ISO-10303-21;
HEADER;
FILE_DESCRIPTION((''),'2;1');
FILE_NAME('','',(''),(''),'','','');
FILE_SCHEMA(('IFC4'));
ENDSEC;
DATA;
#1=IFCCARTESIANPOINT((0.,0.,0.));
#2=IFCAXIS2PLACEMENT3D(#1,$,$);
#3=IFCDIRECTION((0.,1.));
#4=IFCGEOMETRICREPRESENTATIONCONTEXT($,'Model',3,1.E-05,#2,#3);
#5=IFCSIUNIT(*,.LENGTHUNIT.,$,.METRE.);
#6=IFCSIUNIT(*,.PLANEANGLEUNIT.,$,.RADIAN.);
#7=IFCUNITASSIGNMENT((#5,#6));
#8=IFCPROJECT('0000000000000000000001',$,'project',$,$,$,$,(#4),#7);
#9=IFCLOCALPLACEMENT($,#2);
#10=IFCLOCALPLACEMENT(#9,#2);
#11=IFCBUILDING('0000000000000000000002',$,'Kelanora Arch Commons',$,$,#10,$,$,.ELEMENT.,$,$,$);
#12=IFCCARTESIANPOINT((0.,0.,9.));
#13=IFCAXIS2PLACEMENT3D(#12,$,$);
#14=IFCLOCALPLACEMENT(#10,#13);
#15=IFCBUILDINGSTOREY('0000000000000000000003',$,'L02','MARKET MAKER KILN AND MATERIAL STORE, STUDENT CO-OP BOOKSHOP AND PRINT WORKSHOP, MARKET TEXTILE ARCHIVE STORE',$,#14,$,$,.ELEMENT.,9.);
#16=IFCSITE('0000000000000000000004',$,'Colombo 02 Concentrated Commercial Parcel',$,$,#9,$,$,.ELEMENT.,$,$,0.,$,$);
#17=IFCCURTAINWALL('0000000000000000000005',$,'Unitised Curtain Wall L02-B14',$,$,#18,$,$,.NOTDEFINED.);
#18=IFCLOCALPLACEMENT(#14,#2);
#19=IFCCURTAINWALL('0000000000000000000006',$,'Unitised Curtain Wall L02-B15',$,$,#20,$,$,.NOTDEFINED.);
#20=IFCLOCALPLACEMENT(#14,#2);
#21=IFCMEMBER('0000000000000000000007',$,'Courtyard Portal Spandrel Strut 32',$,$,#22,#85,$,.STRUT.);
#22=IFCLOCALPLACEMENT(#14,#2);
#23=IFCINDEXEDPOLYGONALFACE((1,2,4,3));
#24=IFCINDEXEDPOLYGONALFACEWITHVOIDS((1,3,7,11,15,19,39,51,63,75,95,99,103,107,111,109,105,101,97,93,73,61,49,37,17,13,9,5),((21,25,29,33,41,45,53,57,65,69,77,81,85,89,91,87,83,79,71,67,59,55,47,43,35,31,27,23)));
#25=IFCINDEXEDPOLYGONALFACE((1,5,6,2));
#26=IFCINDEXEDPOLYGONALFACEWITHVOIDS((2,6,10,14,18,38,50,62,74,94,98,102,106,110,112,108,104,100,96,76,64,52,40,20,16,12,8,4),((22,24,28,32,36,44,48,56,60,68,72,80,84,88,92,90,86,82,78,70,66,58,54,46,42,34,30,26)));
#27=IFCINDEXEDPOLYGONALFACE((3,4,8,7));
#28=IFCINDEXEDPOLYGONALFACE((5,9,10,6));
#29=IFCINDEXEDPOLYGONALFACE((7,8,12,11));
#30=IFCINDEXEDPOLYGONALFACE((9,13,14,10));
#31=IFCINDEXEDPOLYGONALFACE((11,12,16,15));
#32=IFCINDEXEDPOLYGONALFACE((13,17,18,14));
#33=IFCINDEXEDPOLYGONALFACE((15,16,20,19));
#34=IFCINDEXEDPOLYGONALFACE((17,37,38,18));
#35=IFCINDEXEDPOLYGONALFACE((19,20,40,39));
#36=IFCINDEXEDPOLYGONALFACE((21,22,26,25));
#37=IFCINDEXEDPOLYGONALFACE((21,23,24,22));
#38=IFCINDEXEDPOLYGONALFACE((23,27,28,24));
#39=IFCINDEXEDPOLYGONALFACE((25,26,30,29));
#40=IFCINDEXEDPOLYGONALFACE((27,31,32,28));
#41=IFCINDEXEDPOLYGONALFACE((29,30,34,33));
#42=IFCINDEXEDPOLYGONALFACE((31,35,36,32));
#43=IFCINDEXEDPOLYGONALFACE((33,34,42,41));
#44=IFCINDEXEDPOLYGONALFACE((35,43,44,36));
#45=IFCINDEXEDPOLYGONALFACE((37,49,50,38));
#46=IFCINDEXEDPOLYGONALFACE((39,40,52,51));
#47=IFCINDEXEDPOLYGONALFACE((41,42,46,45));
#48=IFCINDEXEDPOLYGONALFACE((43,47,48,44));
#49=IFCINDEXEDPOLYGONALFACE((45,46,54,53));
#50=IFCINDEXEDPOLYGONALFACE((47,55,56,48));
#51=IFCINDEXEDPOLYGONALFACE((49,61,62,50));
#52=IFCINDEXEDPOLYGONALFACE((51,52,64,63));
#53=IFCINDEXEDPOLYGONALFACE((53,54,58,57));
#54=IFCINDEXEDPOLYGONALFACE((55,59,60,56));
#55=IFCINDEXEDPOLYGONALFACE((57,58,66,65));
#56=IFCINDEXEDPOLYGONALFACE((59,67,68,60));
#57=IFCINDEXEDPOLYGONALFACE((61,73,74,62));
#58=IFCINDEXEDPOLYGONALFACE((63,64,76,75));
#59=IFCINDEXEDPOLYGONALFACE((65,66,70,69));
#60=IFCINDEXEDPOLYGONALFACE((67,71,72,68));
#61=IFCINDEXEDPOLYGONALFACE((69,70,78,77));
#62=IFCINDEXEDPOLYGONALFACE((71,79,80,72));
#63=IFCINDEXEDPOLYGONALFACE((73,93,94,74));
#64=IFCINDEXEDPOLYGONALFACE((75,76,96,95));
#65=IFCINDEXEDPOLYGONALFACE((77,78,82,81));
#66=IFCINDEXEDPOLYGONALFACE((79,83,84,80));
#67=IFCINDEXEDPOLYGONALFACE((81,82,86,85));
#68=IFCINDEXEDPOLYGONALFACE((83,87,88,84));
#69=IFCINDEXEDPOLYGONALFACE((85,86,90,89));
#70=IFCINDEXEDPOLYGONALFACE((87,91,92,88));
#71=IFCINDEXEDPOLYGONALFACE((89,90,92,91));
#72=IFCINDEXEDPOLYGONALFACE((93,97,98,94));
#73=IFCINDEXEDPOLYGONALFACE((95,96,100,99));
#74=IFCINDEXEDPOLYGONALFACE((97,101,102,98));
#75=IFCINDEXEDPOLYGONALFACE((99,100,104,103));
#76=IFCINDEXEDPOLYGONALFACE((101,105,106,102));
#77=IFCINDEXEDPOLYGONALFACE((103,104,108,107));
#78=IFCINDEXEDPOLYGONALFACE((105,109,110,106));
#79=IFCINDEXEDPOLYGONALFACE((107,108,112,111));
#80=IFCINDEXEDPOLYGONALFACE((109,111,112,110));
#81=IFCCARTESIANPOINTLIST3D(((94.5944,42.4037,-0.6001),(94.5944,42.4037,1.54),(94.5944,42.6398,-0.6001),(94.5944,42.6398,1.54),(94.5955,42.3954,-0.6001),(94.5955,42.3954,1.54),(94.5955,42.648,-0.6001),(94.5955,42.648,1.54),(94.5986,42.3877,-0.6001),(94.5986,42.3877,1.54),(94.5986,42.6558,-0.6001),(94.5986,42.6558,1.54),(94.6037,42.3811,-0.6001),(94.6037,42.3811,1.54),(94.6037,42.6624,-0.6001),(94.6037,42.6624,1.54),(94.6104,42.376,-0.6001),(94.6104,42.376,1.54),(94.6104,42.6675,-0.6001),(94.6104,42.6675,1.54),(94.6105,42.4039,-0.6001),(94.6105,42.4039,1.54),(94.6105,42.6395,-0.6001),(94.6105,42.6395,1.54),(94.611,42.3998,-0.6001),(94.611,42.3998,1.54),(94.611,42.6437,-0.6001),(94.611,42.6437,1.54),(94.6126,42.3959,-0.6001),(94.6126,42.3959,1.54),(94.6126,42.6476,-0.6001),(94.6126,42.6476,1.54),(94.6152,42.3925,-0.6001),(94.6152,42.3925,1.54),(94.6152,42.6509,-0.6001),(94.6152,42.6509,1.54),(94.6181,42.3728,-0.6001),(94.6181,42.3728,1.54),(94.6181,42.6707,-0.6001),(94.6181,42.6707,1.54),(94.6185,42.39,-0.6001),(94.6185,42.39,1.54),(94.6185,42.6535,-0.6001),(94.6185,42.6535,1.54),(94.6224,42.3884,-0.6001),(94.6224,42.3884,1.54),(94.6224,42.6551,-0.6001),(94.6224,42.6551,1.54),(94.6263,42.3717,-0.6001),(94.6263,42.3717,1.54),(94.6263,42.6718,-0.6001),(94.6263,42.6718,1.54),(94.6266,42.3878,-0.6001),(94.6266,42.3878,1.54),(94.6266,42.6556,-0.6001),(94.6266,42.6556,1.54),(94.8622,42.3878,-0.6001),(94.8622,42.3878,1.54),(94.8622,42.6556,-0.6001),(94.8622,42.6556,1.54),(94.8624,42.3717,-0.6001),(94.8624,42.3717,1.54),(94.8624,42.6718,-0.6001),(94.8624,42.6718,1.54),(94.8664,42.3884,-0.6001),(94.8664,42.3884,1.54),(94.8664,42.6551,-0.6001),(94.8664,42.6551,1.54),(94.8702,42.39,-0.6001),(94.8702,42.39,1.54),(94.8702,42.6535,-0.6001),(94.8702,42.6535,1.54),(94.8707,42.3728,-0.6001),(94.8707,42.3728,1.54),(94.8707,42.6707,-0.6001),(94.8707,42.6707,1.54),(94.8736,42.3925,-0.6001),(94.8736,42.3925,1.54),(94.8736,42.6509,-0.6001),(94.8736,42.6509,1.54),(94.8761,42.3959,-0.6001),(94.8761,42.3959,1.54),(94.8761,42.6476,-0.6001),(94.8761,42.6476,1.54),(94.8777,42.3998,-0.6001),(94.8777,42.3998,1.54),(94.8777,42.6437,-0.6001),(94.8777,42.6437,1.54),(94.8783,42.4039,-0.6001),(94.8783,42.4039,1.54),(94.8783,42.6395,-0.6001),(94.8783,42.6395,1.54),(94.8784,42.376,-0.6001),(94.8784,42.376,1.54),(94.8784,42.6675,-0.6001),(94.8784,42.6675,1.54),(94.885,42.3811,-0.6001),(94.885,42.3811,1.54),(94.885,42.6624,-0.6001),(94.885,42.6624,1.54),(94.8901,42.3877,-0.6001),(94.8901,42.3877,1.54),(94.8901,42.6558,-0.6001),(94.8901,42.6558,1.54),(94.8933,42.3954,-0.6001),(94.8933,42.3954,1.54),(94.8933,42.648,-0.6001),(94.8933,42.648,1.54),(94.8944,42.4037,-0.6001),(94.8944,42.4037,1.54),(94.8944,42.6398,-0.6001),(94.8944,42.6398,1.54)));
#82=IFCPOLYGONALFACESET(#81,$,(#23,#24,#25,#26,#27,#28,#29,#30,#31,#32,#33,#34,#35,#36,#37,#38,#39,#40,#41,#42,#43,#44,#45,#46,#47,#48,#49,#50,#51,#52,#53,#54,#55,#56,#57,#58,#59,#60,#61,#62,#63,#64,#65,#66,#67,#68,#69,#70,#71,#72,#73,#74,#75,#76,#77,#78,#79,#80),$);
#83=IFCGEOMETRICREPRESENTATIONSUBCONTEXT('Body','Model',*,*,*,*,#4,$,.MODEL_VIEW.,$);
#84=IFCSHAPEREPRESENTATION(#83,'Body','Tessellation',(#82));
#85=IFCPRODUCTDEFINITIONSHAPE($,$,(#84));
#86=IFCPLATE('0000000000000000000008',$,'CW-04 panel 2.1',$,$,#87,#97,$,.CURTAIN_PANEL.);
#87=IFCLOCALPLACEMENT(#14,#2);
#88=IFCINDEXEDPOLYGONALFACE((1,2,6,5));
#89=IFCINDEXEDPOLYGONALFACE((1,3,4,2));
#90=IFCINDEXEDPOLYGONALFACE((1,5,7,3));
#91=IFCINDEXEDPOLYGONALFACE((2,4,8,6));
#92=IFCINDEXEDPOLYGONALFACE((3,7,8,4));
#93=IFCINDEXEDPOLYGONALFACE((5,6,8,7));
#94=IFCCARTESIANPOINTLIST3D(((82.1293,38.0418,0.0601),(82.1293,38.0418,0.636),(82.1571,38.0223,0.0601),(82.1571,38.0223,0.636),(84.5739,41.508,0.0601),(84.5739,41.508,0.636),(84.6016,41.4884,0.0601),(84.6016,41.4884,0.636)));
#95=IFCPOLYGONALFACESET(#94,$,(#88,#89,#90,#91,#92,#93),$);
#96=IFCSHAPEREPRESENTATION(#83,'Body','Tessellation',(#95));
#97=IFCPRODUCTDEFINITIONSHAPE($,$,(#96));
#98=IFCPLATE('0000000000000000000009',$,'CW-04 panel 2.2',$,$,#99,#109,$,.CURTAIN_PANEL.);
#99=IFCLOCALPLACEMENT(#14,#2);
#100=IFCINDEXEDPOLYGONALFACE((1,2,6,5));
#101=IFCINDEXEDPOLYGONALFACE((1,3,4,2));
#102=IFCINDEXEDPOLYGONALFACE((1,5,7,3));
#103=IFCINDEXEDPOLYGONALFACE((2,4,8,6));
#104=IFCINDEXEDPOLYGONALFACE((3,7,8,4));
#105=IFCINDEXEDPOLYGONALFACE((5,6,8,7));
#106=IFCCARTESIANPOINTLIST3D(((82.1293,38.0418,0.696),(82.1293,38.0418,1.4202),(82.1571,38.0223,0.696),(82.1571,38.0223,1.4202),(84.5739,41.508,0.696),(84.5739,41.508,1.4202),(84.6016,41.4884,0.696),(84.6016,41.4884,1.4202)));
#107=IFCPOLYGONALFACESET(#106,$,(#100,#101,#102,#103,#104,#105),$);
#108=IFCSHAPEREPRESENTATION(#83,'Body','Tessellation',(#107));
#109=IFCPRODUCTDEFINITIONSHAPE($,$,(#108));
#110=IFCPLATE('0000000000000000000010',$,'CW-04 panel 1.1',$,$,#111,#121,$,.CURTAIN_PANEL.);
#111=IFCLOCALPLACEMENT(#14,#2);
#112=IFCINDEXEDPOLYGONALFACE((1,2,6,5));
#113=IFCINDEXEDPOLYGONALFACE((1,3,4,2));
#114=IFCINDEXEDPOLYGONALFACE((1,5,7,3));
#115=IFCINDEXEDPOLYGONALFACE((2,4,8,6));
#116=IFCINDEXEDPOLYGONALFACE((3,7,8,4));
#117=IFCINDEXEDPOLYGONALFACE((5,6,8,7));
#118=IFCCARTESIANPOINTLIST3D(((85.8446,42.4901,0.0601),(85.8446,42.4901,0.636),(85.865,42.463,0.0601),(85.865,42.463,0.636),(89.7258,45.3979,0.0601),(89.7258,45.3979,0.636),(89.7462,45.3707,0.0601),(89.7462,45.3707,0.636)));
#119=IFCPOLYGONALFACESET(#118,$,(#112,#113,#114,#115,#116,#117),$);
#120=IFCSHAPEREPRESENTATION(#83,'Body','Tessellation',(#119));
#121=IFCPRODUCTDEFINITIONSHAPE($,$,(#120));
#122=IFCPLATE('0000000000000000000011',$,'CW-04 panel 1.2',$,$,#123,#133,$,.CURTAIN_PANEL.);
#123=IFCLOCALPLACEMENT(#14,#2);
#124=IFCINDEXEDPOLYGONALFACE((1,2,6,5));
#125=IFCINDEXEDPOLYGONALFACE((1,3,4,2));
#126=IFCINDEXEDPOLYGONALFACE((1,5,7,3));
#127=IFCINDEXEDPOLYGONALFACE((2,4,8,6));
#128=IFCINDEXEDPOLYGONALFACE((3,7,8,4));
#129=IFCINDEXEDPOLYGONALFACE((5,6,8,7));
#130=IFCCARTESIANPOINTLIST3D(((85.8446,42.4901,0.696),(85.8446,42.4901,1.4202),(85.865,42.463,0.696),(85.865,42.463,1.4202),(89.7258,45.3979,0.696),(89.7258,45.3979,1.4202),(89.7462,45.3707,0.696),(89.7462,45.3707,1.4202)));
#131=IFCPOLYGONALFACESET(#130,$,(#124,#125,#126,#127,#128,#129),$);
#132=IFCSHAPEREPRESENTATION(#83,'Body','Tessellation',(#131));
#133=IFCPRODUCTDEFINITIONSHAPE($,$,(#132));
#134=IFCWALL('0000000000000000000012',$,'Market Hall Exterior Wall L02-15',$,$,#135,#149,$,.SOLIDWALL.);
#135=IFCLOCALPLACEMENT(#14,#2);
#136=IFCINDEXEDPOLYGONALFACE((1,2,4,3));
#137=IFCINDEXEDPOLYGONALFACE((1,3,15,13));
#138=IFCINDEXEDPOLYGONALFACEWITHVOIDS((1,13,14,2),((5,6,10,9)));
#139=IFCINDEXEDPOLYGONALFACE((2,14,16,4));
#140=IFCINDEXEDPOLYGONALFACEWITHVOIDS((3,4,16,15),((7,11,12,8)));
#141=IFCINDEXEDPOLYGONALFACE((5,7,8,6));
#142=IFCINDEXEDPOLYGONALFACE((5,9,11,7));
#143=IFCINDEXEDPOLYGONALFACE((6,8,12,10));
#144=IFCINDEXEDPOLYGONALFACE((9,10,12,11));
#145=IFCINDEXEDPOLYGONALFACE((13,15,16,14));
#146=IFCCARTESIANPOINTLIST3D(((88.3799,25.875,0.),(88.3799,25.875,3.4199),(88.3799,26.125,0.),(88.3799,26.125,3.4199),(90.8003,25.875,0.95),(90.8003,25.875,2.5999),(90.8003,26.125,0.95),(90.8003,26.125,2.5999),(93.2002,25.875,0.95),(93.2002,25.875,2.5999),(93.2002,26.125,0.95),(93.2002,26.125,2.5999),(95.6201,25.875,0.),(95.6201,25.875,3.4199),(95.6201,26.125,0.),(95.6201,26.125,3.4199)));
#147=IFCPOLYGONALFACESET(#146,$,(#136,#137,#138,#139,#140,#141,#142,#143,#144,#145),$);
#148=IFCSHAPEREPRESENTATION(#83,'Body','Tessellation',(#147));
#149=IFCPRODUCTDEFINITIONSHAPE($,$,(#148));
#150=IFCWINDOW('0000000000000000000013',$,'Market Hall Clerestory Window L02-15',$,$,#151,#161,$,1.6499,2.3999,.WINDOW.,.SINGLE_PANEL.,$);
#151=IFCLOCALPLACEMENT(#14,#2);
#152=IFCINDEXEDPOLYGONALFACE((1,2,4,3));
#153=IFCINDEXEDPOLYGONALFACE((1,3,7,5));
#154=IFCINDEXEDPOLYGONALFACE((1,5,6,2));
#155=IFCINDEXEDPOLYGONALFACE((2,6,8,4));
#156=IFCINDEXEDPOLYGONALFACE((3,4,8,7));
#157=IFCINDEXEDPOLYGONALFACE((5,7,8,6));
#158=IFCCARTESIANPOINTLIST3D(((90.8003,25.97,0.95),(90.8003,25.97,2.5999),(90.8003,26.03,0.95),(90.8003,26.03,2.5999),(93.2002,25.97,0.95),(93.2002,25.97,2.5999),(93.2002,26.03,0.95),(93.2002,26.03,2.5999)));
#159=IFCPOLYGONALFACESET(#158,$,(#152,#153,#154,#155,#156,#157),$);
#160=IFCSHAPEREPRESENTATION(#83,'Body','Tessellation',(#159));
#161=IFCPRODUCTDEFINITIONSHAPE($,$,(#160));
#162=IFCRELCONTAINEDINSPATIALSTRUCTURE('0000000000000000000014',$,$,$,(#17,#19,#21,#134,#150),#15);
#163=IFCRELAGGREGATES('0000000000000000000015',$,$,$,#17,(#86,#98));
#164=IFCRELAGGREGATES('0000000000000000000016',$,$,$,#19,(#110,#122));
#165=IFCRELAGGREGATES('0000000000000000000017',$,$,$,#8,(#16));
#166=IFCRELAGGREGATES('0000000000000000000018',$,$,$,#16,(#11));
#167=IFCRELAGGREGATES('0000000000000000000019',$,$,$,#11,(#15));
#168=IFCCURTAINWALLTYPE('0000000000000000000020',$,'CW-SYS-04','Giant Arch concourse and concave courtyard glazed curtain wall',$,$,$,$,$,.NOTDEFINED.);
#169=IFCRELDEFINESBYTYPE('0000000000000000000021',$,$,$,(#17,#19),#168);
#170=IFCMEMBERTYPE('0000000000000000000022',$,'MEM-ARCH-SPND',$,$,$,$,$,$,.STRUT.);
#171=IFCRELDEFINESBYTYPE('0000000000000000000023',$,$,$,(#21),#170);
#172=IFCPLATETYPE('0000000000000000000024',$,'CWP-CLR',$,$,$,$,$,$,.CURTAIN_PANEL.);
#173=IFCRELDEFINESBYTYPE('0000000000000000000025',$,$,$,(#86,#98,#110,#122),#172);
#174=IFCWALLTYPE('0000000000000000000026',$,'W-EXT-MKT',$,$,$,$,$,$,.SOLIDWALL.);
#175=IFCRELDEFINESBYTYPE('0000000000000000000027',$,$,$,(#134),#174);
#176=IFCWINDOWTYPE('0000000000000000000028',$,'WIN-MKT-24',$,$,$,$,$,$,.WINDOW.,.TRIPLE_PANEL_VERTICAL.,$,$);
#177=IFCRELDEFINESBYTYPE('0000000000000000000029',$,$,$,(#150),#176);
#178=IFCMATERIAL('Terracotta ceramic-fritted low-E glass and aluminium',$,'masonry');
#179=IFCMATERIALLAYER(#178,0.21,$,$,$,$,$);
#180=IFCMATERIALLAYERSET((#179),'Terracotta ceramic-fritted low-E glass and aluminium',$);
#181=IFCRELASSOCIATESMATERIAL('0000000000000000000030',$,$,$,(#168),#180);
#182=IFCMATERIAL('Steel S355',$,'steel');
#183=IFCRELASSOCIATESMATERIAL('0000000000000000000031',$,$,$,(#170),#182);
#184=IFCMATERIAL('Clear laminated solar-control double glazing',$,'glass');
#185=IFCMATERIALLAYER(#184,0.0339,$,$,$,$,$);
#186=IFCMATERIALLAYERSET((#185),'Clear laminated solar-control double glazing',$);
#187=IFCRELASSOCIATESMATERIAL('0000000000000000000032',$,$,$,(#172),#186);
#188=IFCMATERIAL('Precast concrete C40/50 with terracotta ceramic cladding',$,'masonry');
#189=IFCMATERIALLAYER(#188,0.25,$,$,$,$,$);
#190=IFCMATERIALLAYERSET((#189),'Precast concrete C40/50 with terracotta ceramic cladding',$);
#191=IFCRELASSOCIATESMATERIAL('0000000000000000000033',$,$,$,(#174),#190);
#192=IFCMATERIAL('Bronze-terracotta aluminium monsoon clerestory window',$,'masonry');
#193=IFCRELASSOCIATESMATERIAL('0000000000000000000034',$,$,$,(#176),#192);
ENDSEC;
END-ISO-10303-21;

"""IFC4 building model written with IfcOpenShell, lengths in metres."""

from ifc_helpers import new_model, si_unit, direction, frame, frame_2d, origin, origin_2d, place, context, subcontext, project, spatial, rectangle, hollow_rectangle, extrude, source, transform, mapped, material, layer, layer_set, material_profile, profile_set, type_object, element, fill, aggregate, save


model = new_model("IFC4")

# Units and contexts
model_context = context("Model", 3, precision=1e-05, world=origin(), true_north=direction((0.0, 1.0)))
body_context = subcontext(model_context, "Body", "Model", "MODEL_VIEW")
ifc_project = project(units=[si_unit("LENGTHUNIT", "METRE"), si_unit("PLANEANGLEUNIT", "RADIAN")], contexts=[model_context])

# Site, building, storey
site_placement = place(None, origin())
site = spatial("IfcSite", under=ifc_project, at=site_placement, Name="Colombo 02 Concentrated Commercial Parcel", CompositionType="ELEMENT", RefElevation=0.0)
building_placement = place(site_placement, origin())
building = spatial("IfcBuilding", under=site, at=building_placement, Name="Kelanora Arch Commons", CompositionType="ELEMENT")
storey_placement = place(building_placement, frame((0.0, 0.0, 9.0)))
storey = spatial("IfcBuildingStorey", under=building, at=storey_placement, Name="L02", Description="MARKET MAKER KILN AND MATERIAL STORE, STUDENT CO-OP BOOKSHOP AND PRINT WORKSHOP, MARKET TEXTILE ARCHIVE STORE", CompositionType="ELEMENT", Elevation=9.0)

# Shared definitions
ifc_material_1 = material(Name="Steel S355", Category="steel")

# Curtain wall
ifc_material_2 = material(Name="Terracotta ceramic-fritted low-E glass and aluminium", Category="masonry")
ifc_layer_1 = layer(ifc_material_2, 0.21)
ifc_layer_set_1 = layer_set([ifc_layer_1], Name="Terracotta ceramic-fritted low-E glass and aluminium")
curtain_wall_type = type_object("IfcCurtainWallType", Name="CW-SYS-04", Description="Giant Arch concourse and concave courtyard glazed curtain wall", PredefinedType="NOTDEFINED", material=ifc_layer_set_1)
curtain_wall_1_placement = place(storey_placement, origin())
curtain_wall_1 = element("IfcCurtainWall", 1, at=curtain_wall_1_placement, inside=storey, type_object=curtain_wall_type, Name="Unitised Curtain Wall L02-B14", PredefinedType="NOTDEFINED")

# Curtain wall
curtain_wall_2_placement = place(storey_placement, origin())
curtain_wall_2 = element("IfcCurtainWall", 2, at=curtain_wall_2_placement, inside=storey, type_object=curtain_wall_type, Name="Unitised Curtain Wall L02-B15", PredefinedType="NOTDEFINED")

# Member
ifc_material_profile_1 = material_profile(ifc_material_1, hollow_rectangle(XDim=0.3, YDim=0.3, WallThickness=0.0161, InnerFilletRadius=0.0161, OuterFilletRadius=0.032, at=origin_2d()), Name="SHS300x300x16")
ifc_profile_set_1 = profile_set([ifc_material_profile_1], Name="Steel S355")
member_type_1 = type_object("IfcMemberType", Name="MEM-ARCH-SPND", PredefinedType="STRUT", material=ifc_profile_set_1)
for number, where, z_axis, x_axis, name in (
    (3, (94.7444, 42.5217, -0.6001), (0.0, 0.0, 1.0), (1.0, 0.0, 0.0), "Courtyard Portal Spandrel Strut 32"),
):
    element("IfcMember", number, at=place(storey_placement, frame(where, z_axis=z_axis, x_axis=x_axis)), inside=storey, type_object=member_type_1, Name=name, PredefinedType="STRUT", context=body_context, shape_type="SweptSolid", body=[
        extrude(hollow_rectangle(XDim=0.3, YDim=0.3, WallThickness=0.0161, InnerFilletRadius=0.0161, OuterFilletRadius=0.032, at=origin_2d()), origin(), (0.0, 0.0, 1.0), 2.1401),
    ])

# Plates
ifc_material_3 = material(Name="Clear laminated solar-control double glazing", Category="glass")
ifc_layer_2 = layer(ifc_material_3, 0.0339)
ifc_layer_set_2 = layer_set([ifc_layer_2], Name="Clear laminated solar-control double glazing")
plate_type = type_object("IfcPlateType", Name="CWP-CLR", PredefinedType="CURTAIN_PANEL", material=ifc_layer_set_2)
shared_shape_1 = source(origin(), body_context, "Body", "SweptSolid", [
    extrude(rectangle(XDim=4.2415, YDim=0.0339, at=origin_2d()), origin(), (0.0, 0.0, 1.0), 0.5759),
])
plate_1_placement = place(storey_placement, frame((83.3655, 39.7651, 0.0601), z_axis=(0.0, 0.0, 1.0), x_axis=(0.576345, 0.817206, 0.0)))
plate_1 = element("IfcPlate", 4, at=plate_1_placement, type_object=plate_type, Name="CW-04 panel 2.1", PredefinedType="CURTAIN_PANEL", context=body_context, shape_type="MappedRepresentation", body=[
    mapped(shared_shape_1, transform((0.0, 0.0, 0.0), scale=1.0)),
])
shared_shape_2 = source(origin(), body_context, "Body", "SweptSolid", [
    extrude(rectangle(XDim=4.2415, YDim=0.0339, at=origin_2d()), origin(), (0.0, 0.0, 1.0), 0.7241),
])
plate_2_placement = place(storey_placement, frame((83.3655, 39.7651, 0.696), z_axis=(0.0, 0.0, 1.0), x_axis=(0.576345, 0.817206, 0.0)))
plate_2 = element("IfcPlate", 5, at=plate_2_placement, type_object=plate_type, Name="CW-04 panel 2.2", PredefinedType="CURTAIN_PANEL", context=body_context, shape_type="MappedRepresentation", body=[
    mapped(shared_shape_2, transform((0.0, 0.0, 0.0), scale=1.0)),
])
aggregate(curtain_wall_1, [plate_1, plate_2])
shared_shape_3 = source(origin(), body_context, "Body", "SweptSolid", [
    extrude(rectangle(XDim=4.8496, YDim=0.0339, at=origin_2d()), origin(), (0.0, 0.0, 1.0), 0.5759),
])
plate_3_placement = place(storey_placement, frame((87.7954, 43.9304, 0.0601), z_axis=(0.0, 0.0, 1.0), x_axis=(0.800309, 0.599588, 0.0)))
plate_3 = element("IfcPlate", 6, at=plate_3_placement, type_object=plate_type, Name="CW-04 panel 1.1", PredefinedType="CURTAIN_PANEL", context=body_context, shape_type="MappedRepresentation", body=[
    mapped(shared_shape_3, transform((0.0, 0.0, 0.0), scale=1.0)),
])
shared_shape_4 = source(origin(), body_context, "Body", "SweptSolid", [
    extrude(rectangle(XDim=4.8496, YDim=0.0339, at=origin_2d()), origin(), (0.0, 0.0, 1.0), 0.7241),
])
plate_4_placement = place(storey_placement, frame((87.7954, 43.9304, 0.696), z_axis=(0.0, 0.0, 1.0), x_axis=(0.800309, 0.599588, 0.0)))
plate_4 = element("IfcPlate", 7, at=plate_4_placement, type_object=plate_type, Name="CW-04 panel 1.2", PredefinedType="CURTAIN_PANEL", context=body_context, shape_type="MappedRepresentation", body=[
    mapped(shared_shape_4, transform((0.0, 0.0, 0.0), scale=1.0)),
])
aggregate(curtain_wall_2, [plate_3, plate_4])

# Wall, opening, window
ifc_material_4 = material(Name="Precast concrete C40/50 with terracotta ceramic cladding", Category="masonry")
ifc_layer_3 = layer(ifc_material_4, 0.25)
ifc_layer_set_3 = layer_set([ifc_layer_3], Name="Precast concrete C40/50 with terracotta ceramic cladding")
wall_type = type_object("IfcWallType", Name="W-EXT-MKT", PredefinedType="SOLIDWALL", material=ifc_layer_set_3)
wall_1_placement = place(storey_placement, frame((95.6201, 26.0, 0.0), z_axis=(0.0, 0.0, 1.0), x_axis=(-1.0, 0.0, 0.0)))
wall_1 = element("IfcWall", 8, at=wall_1_placement, inside=storey, type_object=wall_type, Name="Market Hall Exterior Wall L02-15", PredefinedType="SOLIDWALL", context=body_context, shape_type="SweptSolid", body=[
    extrude(rectangle(XDim=7.2402, YDim=0.25, at=frame_2d((3.6201, 0.0))), origin(), (0.0, 0.0, 1.0), 3.4199),
])
opening_1_placement = place(wall_1_placement, frame((2.4199, 0.0, 0.95)))
opening_1 = element("IfcOpeningElement", 9, at=opening_1_placement, cuts=wall_1, PredefinedType="OPENING", context=body_context, shape_type="SweptSolid", body=[
    extrude(rectangle(XDim=2.3999, YDim=1.6499, at=frame_2d((1.2, 0.825))), frame((0.0, 0.135, 0.0), z_axis=(0.0, -1.0, 0.0), x_axis=(1.0, 0.0, 0.0)), (0.0, 0.0, 1.0), 0.27),
])
ifc_material_5 = material(Name="Bronze-terracotta aluminium monsoon clerestory window", Category="masonry")
window_type = type_object("IfcWindowType", Name="WIN-MKT-24", PartitioningType="TRIPLE_PANEL_VERTICAL", PredefinedType="WINDOW", material=ifc_material_5)
window_1_placement = place(opening_1_placement, origin())
window_1 = element("IfcWindow", 10, at=window_1_placement, inside=storey, type_object=window_type, Name="Market Hall Clerestory Window L02-15", OverallHeight=1.6499, OverallWidth=2.3999, PartitioningType="SINGLE_PANEL", PredefinedType="WINDOW", context=body_context, shape_type="SweptSolid", body=[
    extrude(rectangle(XDim=2.3999, YDim=1.6499, at=frame_2d((1.2, 0.825))), frame((0.0, 0.03, 0.0), z_axis=(0.0, -1.0, 0.0), x_axis=(1.0, 0.0, 0.0)), (0.0, 0.0, 1.0), 0.0601),
])
fill(opening_1, window_1)

save(model, "model.ifc")
